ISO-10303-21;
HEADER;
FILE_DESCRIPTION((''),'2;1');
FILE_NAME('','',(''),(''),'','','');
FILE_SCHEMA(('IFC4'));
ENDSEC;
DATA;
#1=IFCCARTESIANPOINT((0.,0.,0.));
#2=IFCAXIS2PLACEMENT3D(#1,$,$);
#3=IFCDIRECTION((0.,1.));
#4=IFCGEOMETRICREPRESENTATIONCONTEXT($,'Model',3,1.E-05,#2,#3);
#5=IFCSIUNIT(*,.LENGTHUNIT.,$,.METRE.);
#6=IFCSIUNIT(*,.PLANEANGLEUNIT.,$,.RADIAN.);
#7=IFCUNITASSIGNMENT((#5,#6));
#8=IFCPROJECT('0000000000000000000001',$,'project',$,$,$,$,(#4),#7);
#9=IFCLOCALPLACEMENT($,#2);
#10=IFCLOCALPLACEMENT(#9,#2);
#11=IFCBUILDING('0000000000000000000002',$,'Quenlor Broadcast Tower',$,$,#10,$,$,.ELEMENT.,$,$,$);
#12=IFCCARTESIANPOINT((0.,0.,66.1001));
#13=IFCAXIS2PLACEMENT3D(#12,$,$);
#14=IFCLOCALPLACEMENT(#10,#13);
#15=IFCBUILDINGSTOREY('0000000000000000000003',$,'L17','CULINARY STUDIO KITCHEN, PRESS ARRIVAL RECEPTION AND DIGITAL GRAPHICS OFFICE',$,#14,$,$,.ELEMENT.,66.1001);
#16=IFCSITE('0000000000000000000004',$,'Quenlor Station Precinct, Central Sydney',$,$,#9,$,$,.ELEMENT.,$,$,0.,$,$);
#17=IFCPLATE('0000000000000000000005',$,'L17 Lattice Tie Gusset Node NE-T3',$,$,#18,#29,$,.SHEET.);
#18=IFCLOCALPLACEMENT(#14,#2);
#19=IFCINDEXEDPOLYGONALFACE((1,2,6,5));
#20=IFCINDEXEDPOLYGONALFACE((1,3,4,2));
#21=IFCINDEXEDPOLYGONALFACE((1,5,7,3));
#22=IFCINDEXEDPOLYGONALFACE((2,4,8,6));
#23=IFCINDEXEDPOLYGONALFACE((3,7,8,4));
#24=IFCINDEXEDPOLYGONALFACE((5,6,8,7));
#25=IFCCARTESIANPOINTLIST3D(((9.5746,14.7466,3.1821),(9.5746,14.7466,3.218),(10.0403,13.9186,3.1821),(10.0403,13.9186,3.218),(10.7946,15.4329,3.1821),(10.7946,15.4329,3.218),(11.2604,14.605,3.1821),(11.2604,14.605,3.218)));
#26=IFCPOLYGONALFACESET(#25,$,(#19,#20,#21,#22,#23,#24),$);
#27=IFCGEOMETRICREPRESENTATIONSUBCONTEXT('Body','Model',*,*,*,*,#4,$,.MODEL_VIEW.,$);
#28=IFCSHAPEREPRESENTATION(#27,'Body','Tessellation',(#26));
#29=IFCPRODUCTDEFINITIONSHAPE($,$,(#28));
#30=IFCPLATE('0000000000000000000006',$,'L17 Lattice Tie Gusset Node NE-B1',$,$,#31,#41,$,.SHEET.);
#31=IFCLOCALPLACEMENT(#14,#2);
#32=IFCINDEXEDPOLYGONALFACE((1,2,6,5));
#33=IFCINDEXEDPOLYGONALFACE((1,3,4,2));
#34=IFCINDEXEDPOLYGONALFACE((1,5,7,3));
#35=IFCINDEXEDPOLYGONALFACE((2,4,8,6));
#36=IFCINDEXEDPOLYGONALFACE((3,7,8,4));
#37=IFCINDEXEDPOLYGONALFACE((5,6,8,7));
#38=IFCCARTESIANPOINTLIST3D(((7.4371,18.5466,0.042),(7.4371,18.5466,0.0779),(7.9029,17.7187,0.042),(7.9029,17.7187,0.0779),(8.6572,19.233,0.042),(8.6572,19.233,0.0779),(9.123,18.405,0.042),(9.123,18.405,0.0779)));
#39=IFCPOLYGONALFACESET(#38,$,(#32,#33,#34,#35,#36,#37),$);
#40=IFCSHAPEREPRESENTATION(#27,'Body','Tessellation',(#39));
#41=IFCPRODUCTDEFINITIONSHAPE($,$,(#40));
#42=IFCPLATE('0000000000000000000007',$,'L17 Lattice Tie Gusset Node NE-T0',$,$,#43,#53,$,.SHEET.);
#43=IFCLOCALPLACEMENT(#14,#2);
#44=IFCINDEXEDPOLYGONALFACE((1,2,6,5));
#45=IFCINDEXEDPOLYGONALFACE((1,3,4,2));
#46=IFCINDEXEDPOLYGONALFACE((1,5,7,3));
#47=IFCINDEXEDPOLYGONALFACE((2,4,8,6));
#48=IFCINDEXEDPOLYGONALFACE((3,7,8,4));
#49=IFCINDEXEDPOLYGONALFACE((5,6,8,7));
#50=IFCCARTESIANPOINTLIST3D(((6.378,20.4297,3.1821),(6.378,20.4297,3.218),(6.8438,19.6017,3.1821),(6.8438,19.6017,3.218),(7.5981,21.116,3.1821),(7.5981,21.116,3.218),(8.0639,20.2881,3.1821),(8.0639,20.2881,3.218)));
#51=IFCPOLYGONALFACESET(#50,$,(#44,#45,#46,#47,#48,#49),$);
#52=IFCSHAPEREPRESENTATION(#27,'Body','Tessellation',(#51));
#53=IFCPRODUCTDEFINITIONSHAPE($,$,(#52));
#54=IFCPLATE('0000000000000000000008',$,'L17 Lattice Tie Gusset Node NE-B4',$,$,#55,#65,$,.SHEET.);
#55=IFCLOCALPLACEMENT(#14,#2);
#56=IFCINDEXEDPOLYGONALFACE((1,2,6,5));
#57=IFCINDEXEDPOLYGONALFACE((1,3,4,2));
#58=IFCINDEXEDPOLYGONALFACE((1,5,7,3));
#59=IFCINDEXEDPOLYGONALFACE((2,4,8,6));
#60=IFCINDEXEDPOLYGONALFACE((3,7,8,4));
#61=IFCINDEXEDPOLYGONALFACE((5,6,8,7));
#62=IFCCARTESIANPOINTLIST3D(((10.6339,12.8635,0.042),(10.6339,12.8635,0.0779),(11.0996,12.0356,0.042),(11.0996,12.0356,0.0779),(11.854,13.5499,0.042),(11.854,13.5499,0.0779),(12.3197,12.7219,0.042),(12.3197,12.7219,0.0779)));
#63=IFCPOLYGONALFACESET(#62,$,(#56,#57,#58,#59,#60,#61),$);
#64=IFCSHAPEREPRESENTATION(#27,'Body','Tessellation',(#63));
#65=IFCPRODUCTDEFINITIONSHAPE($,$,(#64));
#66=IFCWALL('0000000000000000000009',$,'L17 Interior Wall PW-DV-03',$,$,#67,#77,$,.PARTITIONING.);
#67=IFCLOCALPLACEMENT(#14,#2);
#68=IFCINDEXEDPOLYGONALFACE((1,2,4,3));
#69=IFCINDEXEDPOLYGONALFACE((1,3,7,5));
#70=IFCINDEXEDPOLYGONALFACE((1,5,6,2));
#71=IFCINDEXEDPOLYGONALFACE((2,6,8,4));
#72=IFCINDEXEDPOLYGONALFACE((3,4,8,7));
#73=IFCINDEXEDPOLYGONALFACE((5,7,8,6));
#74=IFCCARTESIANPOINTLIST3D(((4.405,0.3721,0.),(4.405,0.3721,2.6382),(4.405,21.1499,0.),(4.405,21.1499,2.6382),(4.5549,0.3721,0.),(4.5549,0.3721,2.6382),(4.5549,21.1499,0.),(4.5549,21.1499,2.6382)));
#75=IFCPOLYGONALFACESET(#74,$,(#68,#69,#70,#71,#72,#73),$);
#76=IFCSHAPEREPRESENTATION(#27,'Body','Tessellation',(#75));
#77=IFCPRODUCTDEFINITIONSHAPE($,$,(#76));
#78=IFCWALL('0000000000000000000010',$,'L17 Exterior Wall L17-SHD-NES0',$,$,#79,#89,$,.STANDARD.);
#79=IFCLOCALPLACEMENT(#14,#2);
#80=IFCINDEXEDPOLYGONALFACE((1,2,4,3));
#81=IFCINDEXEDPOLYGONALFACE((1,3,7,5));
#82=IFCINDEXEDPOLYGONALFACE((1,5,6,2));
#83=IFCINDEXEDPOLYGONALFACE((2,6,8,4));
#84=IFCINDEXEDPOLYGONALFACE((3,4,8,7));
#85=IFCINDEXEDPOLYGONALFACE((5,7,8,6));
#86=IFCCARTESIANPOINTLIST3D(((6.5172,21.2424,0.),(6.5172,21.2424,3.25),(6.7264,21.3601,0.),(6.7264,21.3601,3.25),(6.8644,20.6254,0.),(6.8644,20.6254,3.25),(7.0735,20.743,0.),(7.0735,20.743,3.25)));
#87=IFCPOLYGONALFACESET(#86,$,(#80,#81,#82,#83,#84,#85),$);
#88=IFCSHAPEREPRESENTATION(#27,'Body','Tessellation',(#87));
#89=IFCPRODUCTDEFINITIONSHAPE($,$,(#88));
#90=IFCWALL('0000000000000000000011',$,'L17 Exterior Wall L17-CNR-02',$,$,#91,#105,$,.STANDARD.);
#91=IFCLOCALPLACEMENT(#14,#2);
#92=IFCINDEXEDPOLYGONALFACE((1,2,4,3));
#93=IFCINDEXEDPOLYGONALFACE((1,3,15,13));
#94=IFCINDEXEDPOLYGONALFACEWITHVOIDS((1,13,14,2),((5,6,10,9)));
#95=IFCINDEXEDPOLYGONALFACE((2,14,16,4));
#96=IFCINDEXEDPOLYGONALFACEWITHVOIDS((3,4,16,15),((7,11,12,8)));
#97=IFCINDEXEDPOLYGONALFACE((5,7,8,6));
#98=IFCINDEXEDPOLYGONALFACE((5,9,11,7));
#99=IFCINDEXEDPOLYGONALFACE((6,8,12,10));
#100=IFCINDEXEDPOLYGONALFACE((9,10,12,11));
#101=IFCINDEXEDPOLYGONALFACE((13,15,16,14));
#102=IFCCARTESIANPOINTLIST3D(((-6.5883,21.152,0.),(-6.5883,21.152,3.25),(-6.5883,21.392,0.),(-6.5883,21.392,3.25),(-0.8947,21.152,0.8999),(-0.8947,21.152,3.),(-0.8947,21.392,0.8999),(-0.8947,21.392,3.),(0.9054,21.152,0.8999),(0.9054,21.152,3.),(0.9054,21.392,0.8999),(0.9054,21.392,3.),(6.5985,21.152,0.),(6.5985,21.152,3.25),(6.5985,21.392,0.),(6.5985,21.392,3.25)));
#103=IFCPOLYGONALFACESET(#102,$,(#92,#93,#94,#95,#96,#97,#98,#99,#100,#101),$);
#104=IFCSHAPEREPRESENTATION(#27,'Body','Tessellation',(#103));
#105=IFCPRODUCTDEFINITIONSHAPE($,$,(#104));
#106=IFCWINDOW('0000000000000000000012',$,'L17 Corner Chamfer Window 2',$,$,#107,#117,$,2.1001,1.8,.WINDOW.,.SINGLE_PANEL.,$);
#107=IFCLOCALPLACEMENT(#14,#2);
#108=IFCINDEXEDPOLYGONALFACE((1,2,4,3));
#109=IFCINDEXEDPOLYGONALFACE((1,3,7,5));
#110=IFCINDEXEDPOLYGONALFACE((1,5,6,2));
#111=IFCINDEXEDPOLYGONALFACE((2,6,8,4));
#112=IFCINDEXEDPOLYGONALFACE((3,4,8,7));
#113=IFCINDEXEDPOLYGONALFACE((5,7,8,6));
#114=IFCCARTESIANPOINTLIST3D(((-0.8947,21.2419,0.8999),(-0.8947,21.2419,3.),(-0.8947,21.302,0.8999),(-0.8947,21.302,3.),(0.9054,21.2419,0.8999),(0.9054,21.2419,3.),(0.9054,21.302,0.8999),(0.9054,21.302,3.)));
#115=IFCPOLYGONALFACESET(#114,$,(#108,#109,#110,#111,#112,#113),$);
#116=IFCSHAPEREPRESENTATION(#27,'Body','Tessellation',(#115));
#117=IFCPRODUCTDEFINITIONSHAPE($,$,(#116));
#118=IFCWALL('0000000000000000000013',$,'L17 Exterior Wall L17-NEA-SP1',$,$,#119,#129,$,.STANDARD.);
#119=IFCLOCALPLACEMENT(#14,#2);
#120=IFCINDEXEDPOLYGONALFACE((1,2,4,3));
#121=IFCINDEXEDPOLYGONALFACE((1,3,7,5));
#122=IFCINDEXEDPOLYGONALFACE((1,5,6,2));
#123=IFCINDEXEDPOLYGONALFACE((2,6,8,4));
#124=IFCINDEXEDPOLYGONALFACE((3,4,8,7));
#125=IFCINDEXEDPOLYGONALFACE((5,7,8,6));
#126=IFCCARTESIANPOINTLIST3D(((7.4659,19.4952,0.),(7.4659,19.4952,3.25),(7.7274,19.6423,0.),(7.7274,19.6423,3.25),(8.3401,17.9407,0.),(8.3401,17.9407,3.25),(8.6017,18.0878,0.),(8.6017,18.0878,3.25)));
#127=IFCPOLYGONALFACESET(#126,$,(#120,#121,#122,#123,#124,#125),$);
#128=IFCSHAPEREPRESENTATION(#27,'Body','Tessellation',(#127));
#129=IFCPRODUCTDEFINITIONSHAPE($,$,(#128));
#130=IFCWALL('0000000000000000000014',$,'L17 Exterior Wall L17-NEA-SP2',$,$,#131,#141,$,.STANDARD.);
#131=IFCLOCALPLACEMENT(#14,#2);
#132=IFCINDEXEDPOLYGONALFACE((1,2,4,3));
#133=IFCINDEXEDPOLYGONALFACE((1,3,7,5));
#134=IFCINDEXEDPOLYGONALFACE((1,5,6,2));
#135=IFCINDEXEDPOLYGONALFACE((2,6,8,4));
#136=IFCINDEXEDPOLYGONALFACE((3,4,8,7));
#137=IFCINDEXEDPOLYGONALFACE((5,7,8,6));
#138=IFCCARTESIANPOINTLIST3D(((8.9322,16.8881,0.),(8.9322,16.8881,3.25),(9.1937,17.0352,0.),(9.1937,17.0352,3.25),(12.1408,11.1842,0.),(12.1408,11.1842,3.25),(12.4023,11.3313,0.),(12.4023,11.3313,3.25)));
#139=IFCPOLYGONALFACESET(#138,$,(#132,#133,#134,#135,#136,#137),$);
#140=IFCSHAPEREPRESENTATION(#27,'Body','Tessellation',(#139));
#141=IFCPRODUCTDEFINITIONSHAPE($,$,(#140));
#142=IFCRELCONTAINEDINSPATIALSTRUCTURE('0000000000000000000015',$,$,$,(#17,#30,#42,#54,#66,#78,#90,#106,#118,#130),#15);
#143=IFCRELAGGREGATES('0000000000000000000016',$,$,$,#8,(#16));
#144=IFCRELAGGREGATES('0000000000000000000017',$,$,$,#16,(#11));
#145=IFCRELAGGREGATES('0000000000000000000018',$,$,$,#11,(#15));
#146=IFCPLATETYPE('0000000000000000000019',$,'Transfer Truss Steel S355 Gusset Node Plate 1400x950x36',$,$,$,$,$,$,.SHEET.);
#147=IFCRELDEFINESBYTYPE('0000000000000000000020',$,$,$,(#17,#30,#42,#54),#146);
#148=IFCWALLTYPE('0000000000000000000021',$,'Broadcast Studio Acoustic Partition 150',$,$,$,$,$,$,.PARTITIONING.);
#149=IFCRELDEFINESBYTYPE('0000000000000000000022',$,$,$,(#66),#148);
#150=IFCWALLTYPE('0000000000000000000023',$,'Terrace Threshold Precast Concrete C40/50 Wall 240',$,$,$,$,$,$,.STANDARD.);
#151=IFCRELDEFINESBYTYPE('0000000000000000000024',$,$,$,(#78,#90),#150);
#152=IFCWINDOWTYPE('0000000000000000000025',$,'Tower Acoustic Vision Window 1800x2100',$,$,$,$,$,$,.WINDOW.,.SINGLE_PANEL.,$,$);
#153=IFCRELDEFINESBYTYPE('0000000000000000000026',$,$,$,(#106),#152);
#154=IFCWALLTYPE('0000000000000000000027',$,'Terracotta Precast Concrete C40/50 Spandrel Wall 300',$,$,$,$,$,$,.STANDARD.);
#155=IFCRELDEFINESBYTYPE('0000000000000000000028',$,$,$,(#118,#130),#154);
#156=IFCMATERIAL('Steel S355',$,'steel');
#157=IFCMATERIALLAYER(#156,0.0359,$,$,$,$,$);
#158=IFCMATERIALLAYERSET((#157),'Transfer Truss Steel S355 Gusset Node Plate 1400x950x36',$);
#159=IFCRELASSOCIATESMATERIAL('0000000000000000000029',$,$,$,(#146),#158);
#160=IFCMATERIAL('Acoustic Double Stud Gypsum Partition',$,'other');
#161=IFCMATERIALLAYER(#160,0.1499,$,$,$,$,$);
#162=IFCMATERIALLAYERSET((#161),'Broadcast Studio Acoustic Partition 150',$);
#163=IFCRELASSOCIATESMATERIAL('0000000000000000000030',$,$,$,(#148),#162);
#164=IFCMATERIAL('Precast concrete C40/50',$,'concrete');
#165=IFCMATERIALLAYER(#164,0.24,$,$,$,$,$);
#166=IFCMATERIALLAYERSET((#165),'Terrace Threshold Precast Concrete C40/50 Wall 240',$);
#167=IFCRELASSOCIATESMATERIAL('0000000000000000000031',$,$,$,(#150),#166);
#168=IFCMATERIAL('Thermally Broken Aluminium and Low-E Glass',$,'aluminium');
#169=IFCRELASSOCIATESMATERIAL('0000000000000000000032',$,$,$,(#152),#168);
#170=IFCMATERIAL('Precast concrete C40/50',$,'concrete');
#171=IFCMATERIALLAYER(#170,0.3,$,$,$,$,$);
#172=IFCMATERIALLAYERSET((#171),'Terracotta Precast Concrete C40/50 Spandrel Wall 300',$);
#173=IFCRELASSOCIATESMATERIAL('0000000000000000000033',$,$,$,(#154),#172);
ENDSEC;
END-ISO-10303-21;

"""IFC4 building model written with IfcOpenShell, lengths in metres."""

from ifc_helpers import new_model, si_unit, direction, frame, frame_2d, origin, origin_2d, place, context, subcontext, project, spatial, rectangle, extrude, material, layer, layer_set, type_object, element, fill, save


model = new_model("IFC4")

# Units and contexts
model_context = context("Model", 3, precision=1e-05, world=origin(), true_north=direction((0.0, 1.0)))
body_context = subcontext(model_context, "Body", "Model", "MODEL_VIEW")
ifc_project = project(units=[si_unit("LENGTHUNIT", "METRE"), si_unit("PLANEANGLEUNIT", "RADIAN")], contexts=[model_context])

# Site, building, storey
site_placement = place(None, origin())
site = spatial("IfcSite", under=ifc_project, at=site_placement, Name="Quenlor Station Precinct, Central Sydney", CompositionType="ELEMENT", RefElevation=0.0)
building_placement = place(site_placement, origin())
building = spatial("IfcBuilding", under=site, at=building_placement, Name="Quenlor Broadcast Tower", CompositionType="ELEMENT")
storey_placement = place(building_placement, frame((0.0, 0.0, 66.1001)))
storey = spatial("IfcBuildingStorey", under=building, at=storey_placement, Name="L17", Description="CULINARY STUDIO KITCHEN, PRESS ARRIVAL RECEPTION AND DIGITAL GRAPHICS OFFICE", CompositionType="ELEMENT", Elevation=66.1001)

# Plates
ifc_material_1 = material(Name="Steel S355", Category="steel")
ifc_layer_1 = layer(ifc_material_1, 0.0359)
ifc_layer_set_1 = layer_set([ifc_layer_1], Name="Transfer Truss Steel S355 Gusset Node Plate 1400x950x36")
plate_type_1 = type_object("IfcPlateType", Name="Transfer Truss Steel S355 Gusset Node Plate 1400x950x36", PredefinedType="SHEET", material=ifc_layer_set_1)
for number, where, z_axis, x_axis, name in (
    (1, (10.4175, 14.6758, 3.1821), (0.0, 0.0, 1.0), (0.871556, 0.490295, 0.0), "L17 Lattice Tie Gusset Node NE-T3"),
    (2, (8.28, 18.4758, 0.042), (0.0, 0.0, 1.0), (0.871556, 0.490295, 0.0), "L17 Lattice Tie Gusset Node NE-B1"),
    (3, (7.2209, 20.3589, 3.1821), (0.0, 0.0, 1.0), (0.871556, 0.490295, 0.0), "L17 Lattice Tie Gusset Node NE-T0"),
    (4, (11.4768, 12.7927, 0.042), (0.0, 0.0, 1.0), (0.871556, 0.490295, 0.0), "L17 Lattice Tie Gusset Node NE-B4"),
):
    element("IfcPlate", number, at=place(storey_placement, frame(where, z_axis=z_axis, x_axis=x_axis)), inside=storey, type_object=plate_type_1, Name=name, PredefinedType="SHEET", context=body_context, shape_type="SweptSolid", body=[
        extrude(rectangle(XDim=1.3999, YDim=0.95, at=origin_2d()), origin(), (0.0, 0.0, 1.0), 0.0359),
    ])

# Walls
ifc_material_2 = material(Name="Acoustic Double Stud Gypsum Partition", Category="other")
ifc_layer_2 = layer(ifc_material_2, 0.1499)
ifc_layer_set_2 = layer_set([ifc_layer_2], Name="Broadcast Studio Acoustic Partition 150")
wall_type_1 = type_object("IfcWallType", Name="Broadcast Studio Acoustic Partition 150", PredefinedType="PARTITIONING", material=ifc_layer_set_2)
wall_1_placement = place(storey_placement, frame((4.48, 21.1499, 0.0), z_axis=(0.0, 0.0, 1.0), x_axis=(0.0, -1.0, 0.0)))
element("IfcWall", 5, at=wall_1_placement, inside=storey, type_object=wall_type_1, Name="L17 Interior Wall PW-DV-03", PredefinedType="PARTITIONING", context=body_context, shape_type="SweptSolid", body=[
    extrude(rectangle(XDim=20.7778, YDim=0.1499, at=frame_2d((10.3889, 0.0))), origin(), (0.0, 0.0, 1.0), 2.6382),
])
ifc_material_3 = material(Name="Precast concrete C40/50", Category="concrete")
ifc_layer_3 = layer(ifc_material_3, 0.24)
ifc_layer_set_3 = layer_set([ifc_layer_3], Name="Terrace Threshold Precast Concrete C40/50 Wall 240")
wall_type_2 = type_object("IfcWallType", Name="Terrace Threshold Precast Concrete C40/50 Wall 240", PredefinedType="STANDARD", material=ifc_layer_set_3)
wall_2_placement = place(storey_placement, frame((6.6218, 21.3013, 0.0), z_axis=(0.0, 0.0, 1.0), x_axis=(0.490261, -0.871576, 0.0)))
element("IfcWall", 6, at=wall_2_placement, inside=storey, type_object=wall_type_2, Name="L17 Exterior Wall L17-SHD-NES0", PredefinedType="STANDARD", context=body_context, shape_type="SweptSolid", body=[
    extrude(rectangle(XDim=0.708, YDim=0.24, at=frame_2d((0.354, 0.0))), origin(), (0.0, 0.0, 1.0), 3.25),
])

# Wall, opening, window
wall_3_placement = place(storey_placement, frame((6.5984, 21.272, 0.0), z_axis=(0.0, 0.0, 1.0), x_axis=(-1.0, 0.0, 0.0)))
wall_3 = element("IfcWall", 7, at=wall_3_placement, inside=storey, type_object=wall_type_2, Name="L17 Exterior Wall L17-CNR-02", PredefinedType="STANDARD", context=body_context, shape_type="SweptSolid", body=[
    extrude(rectangle(XDim=13.1868, YDim=0.24, at=frame_2d((6.5933, 0.0))), origin(), (0.0, 0.0, 1.0), 3.25),
])
opening_placement = place(wall_3_placement, frame((5.6931, 0.0, 0.8999)))
opening = element("IfcOpeningElement", 8, at=opening_placement, cuts=wall_3, PredefinedType="OPENING", context=body_context, shape_type="SweptSolid", body=[
    extrude(rectangle(XDim=1.8, YDim=2.1001, at=frame_2d((0.8999, 1.05))), frame((0.0, 0.1299, 0.0), z_axis=(0.0, -1.0, 0.0), x_axis=(1.0, 0.0, 0.0)), (0.0, 0.0, 1.0), 0.26),
])
ifc_material_4 = material(Name="Thermally Broken Aluminium and Low-E Glass", Category="aluminium")
window_type = type_object("IfcWindowType", Name="Tower Acoustic Vision Window 1800x2100", PartitioningType="SINGLE_PANEL", PredefinedType="WINDOW", material=ifc_material_4)
window_placement = place(opening_placement, origin())
window = element("IfcWindow", 9, at=window_placement, inside=storey, type_object=window_type, Name="L17 Corner Chamfer Window 2", OverallHeight=2.1001, OverallWidth=1.8, PartitioningType="SINGLE_PANEL", PredefinedType="WINDOW", context=body_context, shape_type="SweptSolid", body=[
    extrude(rectangle(XDim=1.8, YDim=2.1001, at=frame_2d((0.8999, 1.05))), frame((0.0, 0.03, 0.0), z_axis=(0.0, -1.0, 0.0), x_axis=(1.0, 0.0, 0.0)), (0.0, 0.0, 1.0), 0.0601),
])
fill(opening, window)

# Walls
ifc_material_5 = material(Name="Precast concrete C40/50", Category="concrete")
ifc_layer_4 = layer(ifc_material_5, 0.3)
ifc_layer_set_4 = layer_set([ifc_layer_4], Name="Terracotta Precast Concrete C40/50 Spandrel Wall 300")
wall_type_3 = type_object("IfcWallType", Name="Terracotta Precast Concrete C40/50 Spandrel Wall 300", PredefinedType="STANDARD", material=ifc_layer_set_4)
wall_4_placement = place(storey_placement, frame((7.5967, 19.5686, 0.0), z_axis=(0.0, 0.0, 1.0), x_axis=(0.490216, -0.871601, 0.0)))
element("IfcWall", 10, at=wall_4_placement, inside=storey, type_object=wall_type_3, Name="L17 Exterior Wall L17-NEA-SP1", PredefinedType="STANDARD", context=body_context, shape_type="SweptSolid", body=[
    extrude(rectangle(XDim=1.7834, YDim=0.3, at=frame_2d((0.8916, 0.0))), origin(), (0.0, 0.0, 1.0), 3.25),
])
wall_5_placement = place(storey_placement, frame((9.063, 16.9617, 0.0), z_axis=(0.0, 0.0, 1.0), x_axis=(0.49027, -0.871571, 0.0)))
element("IfcWall", 11, at=wall_5_placement, inside=storey, type_object=wall_type_3, Name="L17 Exterior Wall L17-NEA-SP2", PredefinedType="STANDARD", context=body_context, shape_type="SweptSolid", body=[
    extrude(rectangle(XDim=6.5444, YDim=0.3, at=frame_2d((3.2722, 0.0))), origin(), (0.0, 0.0, 1.0), 3.25),
])

save(model, "model.ifc")
